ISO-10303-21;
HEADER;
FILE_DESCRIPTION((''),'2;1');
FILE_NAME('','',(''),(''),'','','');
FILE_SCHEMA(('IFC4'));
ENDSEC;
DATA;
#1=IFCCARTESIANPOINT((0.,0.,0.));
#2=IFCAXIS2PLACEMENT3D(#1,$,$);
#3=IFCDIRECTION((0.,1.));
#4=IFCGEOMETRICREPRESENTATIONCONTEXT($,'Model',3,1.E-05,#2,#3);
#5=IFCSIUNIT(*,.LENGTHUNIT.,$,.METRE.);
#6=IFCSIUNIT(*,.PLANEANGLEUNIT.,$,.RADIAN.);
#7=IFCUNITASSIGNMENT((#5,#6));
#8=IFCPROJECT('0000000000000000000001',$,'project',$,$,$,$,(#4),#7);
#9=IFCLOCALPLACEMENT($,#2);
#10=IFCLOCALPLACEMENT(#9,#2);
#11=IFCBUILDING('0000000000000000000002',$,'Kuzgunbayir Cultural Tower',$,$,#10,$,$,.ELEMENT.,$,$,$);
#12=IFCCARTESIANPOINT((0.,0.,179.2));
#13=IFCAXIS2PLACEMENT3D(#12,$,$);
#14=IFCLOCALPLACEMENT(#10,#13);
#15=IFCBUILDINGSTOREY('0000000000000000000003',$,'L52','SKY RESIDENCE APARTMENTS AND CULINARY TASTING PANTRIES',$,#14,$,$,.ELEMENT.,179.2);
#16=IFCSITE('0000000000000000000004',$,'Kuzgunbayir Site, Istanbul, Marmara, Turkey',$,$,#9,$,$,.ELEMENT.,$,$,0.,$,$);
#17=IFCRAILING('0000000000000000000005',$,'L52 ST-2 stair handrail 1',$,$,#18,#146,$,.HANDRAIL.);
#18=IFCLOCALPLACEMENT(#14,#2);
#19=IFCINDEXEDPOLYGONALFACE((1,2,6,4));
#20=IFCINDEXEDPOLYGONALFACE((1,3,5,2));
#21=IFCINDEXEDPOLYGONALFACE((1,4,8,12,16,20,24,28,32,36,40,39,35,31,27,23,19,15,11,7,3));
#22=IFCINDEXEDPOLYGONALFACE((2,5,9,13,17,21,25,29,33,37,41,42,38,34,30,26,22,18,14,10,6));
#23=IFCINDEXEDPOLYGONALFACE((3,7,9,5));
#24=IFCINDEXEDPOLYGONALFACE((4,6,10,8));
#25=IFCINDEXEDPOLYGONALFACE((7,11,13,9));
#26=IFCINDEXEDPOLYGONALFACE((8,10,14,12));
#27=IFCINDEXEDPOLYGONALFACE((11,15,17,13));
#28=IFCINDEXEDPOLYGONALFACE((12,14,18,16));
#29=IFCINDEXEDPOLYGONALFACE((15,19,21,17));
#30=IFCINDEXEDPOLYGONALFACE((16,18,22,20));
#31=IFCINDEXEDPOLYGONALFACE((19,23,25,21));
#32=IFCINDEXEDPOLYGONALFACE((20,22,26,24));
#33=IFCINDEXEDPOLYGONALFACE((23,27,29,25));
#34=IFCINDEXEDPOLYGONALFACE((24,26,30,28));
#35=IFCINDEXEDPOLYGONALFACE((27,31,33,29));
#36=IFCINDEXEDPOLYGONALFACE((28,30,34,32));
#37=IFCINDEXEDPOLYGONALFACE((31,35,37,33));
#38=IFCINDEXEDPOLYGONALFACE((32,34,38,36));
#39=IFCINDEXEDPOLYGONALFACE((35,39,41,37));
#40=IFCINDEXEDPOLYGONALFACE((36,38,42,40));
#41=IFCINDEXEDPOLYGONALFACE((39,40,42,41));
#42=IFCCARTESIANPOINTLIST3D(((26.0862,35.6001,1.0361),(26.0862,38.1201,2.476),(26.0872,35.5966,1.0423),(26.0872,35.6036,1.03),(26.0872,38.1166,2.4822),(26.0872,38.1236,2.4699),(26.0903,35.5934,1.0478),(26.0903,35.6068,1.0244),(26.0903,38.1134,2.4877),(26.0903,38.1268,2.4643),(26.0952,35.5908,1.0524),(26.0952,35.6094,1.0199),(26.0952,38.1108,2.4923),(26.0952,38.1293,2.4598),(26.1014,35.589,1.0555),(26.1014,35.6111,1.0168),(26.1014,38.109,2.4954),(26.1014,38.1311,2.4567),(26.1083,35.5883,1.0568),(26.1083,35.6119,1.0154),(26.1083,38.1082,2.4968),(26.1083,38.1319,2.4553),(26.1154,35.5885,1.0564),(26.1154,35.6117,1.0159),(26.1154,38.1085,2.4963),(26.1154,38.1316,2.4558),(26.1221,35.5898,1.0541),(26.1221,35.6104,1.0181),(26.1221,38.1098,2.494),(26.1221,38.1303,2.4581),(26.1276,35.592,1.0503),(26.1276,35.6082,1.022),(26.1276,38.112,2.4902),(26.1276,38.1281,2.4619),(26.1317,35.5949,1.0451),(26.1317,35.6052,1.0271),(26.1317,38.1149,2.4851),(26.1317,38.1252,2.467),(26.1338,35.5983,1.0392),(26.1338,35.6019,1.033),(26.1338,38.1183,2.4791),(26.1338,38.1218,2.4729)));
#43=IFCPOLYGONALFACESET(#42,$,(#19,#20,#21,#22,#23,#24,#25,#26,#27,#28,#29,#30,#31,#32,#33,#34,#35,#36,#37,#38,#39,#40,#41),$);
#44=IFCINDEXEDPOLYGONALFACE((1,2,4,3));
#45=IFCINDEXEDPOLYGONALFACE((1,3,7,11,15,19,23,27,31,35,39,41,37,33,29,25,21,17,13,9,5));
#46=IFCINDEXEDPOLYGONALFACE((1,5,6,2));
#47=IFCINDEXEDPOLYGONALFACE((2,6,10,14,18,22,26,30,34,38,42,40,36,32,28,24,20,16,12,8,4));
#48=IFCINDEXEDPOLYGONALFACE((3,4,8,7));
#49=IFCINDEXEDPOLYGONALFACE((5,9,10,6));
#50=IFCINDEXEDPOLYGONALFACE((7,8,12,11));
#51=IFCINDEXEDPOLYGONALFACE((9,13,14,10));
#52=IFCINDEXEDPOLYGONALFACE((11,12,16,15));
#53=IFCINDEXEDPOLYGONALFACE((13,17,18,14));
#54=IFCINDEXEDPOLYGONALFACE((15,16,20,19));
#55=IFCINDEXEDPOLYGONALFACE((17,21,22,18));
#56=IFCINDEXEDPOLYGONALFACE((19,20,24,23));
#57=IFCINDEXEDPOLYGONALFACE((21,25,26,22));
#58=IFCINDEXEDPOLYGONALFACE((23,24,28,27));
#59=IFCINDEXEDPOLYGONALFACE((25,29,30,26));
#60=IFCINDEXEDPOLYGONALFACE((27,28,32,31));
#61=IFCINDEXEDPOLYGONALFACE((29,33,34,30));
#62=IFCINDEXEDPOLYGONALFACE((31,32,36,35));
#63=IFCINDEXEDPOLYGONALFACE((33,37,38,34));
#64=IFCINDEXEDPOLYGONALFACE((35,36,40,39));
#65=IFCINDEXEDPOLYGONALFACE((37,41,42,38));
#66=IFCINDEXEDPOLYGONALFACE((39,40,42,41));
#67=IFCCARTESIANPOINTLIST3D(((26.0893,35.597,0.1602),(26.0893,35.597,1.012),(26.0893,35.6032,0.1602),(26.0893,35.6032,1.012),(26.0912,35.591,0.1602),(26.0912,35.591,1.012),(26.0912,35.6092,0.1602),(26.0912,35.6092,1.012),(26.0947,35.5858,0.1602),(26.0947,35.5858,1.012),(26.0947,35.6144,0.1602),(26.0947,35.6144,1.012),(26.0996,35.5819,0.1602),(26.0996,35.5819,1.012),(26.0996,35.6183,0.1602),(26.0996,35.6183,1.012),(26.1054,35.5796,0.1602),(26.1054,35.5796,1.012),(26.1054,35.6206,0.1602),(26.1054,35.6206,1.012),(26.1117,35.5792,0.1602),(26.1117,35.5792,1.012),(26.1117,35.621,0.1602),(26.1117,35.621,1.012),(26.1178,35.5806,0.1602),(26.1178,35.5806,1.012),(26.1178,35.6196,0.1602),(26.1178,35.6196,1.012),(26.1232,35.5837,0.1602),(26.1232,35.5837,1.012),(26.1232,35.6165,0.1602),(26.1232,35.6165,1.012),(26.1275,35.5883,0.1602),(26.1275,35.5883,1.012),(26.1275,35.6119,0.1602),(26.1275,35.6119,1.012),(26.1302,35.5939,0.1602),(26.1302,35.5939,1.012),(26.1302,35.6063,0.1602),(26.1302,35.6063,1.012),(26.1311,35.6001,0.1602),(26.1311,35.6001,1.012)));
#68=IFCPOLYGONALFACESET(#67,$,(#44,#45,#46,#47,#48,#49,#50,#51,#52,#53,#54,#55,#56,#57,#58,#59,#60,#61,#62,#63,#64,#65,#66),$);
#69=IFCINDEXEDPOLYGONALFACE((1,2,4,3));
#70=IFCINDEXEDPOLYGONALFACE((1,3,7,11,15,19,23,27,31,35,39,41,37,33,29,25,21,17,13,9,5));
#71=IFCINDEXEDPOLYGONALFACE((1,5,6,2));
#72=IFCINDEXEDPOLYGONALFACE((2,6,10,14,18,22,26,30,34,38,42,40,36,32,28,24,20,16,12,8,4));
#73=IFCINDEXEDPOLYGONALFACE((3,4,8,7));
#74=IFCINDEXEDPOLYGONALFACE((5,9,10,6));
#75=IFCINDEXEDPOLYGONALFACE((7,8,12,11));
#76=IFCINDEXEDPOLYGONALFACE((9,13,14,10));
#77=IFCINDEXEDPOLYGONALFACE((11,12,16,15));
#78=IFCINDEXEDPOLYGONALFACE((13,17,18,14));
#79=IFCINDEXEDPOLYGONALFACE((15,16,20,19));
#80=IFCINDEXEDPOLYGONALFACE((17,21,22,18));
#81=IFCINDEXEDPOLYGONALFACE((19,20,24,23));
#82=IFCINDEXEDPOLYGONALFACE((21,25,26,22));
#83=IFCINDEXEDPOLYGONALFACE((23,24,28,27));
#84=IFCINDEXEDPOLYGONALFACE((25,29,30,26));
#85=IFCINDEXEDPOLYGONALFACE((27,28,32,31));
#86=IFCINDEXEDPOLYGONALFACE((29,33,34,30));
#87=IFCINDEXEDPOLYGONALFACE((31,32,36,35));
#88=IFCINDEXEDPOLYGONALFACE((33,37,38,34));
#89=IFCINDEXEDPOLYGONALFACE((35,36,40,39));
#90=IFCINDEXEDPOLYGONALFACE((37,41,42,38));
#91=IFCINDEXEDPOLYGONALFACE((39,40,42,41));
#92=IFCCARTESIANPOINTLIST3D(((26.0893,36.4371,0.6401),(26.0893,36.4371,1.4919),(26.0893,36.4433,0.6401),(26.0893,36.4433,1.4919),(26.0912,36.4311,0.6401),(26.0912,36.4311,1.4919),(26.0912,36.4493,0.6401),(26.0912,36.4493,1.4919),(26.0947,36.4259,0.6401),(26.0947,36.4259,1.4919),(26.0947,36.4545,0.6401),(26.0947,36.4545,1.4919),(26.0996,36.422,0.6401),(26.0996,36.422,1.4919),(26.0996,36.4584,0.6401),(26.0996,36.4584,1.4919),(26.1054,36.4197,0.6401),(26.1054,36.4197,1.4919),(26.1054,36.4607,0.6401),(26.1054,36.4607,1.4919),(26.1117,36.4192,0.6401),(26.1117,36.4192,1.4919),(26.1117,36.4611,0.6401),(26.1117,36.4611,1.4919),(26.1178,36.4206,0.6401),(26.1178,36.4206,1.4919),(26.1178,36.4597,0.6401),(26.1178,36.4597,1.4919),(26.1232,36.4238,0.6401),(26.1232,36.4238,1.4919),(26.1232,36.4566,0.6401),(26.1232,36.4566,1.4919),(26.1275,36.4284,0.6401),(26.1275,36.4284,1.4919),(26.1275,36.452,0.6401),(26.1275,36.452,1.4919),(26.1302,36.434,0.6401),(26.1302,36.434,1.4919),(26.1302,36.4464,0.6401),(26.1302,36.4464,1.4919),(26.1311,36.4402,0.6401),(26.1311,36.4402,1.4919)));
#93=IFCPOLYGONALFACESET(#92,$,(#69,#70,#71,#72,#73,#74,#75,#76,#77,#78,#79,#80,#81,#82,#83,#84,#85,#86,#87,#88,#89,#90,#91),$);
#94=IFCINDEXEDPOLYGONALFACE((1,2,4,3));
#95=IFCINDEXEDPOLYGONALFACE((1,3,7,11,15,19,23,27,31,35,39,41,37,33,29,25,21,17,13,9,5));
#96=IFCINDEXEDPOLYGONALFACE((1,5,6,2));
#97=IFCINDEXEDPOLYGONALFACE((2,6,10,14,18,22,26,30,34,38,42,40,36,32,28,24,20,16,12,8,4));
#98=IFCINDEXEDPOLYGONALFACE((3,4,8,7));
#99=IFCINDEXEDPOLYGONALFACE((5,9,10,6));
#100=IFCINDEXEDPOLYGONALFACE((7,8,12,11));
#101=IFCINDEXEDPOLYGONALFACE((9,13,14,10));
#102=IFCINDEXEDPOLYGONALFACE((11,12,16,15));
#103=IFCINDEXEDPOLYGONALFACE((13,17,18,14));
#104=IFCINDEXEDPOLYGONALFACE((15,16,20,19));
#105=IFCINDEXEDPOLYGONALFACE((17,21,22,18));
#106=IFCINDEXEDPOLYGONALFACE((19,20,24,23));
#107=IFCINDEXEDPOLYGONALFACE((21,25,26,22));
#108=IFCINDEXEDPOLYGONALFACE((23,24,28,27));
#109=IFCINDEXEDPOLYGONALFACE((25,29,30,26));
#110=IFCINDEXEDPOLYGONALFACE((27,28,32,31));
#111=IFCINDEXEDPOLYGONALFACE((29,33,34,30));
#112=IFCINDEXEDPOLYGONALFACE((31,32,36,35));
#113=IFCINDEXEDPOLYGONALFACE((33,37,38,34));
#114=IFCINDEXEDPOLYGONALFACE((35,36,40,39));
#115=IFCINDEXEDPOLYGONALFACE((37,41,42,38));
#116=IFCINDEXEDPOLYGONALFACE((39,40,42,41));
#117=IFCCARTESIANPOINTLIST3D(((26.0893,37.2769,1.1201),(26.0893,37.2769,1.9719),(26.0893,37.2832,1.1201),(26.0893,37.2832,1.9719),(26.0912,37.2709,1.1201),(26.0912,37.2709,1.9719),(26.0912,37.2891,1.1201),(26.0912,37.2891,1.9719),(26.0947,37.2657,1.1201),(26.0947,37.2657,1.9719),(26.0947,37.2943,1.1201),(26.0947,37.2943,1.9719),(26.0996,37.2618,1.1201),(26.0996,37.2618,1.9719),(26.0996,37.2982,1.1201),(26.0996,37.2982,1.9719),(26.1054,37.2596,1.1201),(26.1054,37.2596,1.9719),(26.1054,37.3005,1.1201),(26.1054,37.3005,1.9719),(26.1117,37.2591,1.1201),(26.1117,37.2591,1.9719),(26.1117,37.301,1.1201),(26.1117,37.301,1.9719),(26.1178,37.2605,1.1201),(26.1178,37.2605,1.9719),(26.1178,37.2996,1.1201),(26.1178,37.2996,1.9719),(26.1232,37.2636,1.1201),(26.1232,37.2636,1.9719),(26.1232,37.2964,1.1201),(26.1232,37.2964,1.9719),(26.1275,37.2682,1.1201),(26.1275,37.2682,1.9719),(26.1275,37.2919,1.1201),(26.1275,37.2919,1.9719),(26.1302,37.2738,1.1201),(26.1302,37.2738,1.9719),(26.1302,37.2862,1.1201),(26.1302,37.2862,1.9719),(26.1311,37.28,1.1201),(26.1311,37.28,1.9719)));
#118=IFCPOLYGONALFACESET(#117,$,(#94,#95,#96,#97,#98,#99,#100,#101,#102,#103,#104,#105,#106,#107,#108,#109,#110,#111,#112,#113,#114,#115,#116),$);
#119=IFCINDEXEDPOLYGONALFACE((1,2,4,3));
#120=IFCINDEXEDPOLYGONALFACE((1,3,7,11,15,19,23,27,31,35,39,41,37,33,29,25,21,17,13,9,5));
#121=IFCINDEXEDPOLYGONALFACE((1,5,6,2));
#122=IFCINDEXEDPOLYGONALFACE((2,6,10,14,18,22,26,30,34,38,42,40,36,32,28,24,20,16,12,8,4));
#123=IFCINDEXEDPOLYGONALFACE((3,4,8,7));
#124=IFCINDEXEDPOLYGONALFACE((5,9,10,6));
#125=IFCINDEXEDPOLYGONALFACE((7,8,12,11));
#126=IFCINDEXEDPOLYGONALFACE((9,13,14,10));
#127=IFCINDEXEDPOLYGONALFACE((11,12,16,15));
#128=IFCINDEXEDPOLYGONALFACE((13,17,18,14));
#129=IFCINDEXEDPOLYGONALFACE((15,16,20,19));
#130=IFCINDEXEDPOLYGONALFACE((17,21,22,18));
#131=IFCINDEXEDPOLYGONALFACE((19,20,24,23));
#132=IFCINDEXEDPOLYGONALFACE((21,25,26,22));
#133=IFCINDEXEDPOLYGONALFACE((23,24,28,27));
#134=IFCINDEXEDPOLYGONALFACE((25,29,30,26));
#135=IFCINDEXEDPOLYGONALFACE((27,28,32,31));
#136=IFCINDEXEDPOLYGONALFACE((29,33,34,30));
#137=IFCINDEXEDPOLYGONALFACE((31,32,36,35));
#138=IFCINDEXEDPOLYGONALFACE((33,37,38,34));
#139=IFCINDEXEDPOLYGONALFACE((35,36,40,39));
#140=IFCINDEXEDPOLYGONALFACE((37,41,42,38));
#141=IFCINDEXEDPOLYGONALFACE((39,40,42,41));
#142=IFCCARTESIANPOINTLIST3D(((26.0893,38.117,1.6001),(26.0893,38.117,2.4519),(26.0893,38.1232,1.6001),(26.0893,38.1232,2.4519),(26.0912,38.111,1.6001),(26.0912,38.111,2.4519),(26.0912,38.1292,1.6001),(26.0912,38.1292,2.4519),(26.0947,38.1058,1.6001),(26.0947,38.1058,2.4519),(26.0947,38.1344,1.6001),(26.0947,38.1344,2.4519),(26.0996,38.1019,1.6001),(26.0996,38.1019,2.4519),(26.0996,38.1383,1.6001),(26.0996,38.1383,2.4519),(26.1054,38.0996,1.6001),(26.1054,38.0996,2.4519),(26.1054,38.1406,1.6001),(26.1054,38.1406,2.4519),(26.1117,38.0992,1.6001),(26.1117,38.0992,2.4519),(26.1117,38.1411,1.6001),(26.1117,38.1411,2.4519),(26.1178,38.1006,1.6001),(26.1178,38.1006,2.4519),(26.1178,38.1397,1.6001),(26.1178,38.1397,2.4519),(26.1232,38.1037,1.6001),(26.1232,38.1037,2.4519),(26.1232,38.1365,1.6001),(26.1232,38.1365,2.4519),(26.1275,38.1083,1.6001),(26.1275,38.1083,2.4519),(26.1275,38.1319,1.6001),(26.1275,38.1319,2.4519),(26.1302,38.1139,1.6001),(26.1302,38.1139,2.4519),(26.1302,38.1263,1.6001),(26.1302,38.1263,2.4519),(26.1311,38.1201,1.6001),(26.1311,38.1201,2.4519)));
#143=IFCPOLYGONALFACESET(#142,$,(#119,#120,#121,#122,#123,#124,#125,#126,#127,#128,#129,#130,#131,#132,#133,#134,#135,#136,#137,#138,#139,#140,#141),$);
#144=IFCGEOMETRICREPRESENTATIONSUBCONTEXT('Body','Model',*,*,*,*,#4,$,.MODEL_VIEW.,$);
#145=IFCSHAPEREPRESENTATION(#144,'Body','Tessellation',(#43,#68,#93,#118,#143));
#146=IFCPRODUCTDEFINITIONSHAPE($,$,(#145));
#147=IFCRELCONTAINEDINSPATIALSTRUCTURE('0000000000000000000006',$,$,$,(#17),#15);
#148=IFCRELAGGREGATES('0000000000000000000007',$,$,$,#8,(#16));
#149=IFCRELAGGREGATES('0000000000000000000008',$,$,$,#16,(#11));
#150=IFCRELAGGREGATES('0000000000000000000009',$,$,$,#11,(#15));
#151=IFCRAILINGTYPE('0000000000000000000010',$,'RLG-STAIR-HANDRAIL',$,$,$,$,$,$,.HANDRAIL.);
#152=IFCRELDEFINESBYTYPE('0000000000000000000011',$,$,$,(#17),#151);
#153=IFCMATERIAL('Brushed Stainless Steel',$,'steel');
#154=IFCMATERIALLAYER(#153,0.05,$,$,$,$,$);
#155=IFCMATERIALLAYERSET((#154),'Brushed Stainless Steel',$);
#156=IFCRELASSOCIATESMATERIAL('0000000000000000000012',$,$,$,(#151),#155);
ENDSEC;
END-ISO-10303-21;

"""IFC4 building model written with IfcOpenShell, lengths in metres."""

from ifc_helpers import new_model, si_unit, direction, frame, origin, origin_2d, place, context, subcontext, project, spatial, circle, extrude, material, layer, layer_set, type_object, element, save


model = new_model("IFC4")

# Units and contexts
model_context = context("Model", 3, precision=1e-05, world=origin(), true_north=direction((0.0, 1.0)))
body_context = subcontext(model_context, "Body", "Model", "MODEL_VIEW")
ifc_project = project(units=[si_unit("LENGTHUNIT", "METRE"), si_unit("PLANEANGLEUNIT", "RADIAN")], contexts=[model_context])

# Site, building, storey
site_placement = place(None, origin())
site = spatial("IfcSite", under=ifc_project, at=site_placement, Name="Kuzgunbayir Site, Istanbul, Marmara, Turkey", CompositionType="ELEMENT", RefElevation=0.0)
building_placement = place(site_placement, origin())
building = spatial("IfcBuilding", under=site, at=building_placement, Name="Kuzgunbayir Cultural Tower", CompositionType="ELEMENT")
storey_placement = place(building_placement, frame((0.0, 0.0, 179.2)))
storey = spatial("IfcBuildingStorey", under=building, at=storey_placement, Name="L52", Description="SKY RESIDENCE APARTMENTS AND CULINARY TASTING PANTRIES", CompositionType="ELEMENT", Elevation=179.2)

# Shared definitions
ifc_material_1 = material(Name="Brushed Stainless Steel", Category="steel")

# Railing
ifc_layer_1 = layer(ifc_material_1, 0.05)
ifc_layer_set_1 = layer_set([ifc_layer_1], Name="Brushed Stainless Steel")
railing_type_1 = type_object("IfcRailingType", Name="RLG-STAIR-HANDRAIL", PredefinedType="HANDRAIL", material=ifc_layer_set_1)
railing_1_placement = place(storey_placement, frame((26.1101, 35.6001, 0.1602)))
element("IfcRailing", 1, at=railing_1_placement, inside=storey, type_object=railing_type_1, Name="L52 ST-2 stair handrail 1", PredefinedType="HANDRAIL", context=body_context, shape_type="SweptSolid", body=[
    extrude(circle(Radius=0.0239, at=origin_2d()), frame((0.0, 0.0, 0.876), z_axis=(0.0, 0.868253, 0.496121), x_axis=(-1.0, 0.0, 0.0)), (0.0, 0.0, 1.0), 2.9023),
    extrude(circle(Radius=0.021, at=origin_2d()), origin(), (0.0, 0.0, 1.0), 0.8518),
    extrude(circle(Radius=0.021, at=origin_2d()), frame((0.0, 0.8401, 0.48)), (0.0, 0.0, 1.0), 0.8518),
    extrude(circle(Radius=0.021, at=origin_2d()), frame((0.0, 1.6799, 0.96)), (0.0, 0.0, 1.0), 0.8518),
    extrude(circle(Radius=0.021, at=origin_2d()), frame((0.0, 2.52, 1.4399)), (0.0, 0.0, 1.0), 0.8518),
])

save(model, "model.ifc")
